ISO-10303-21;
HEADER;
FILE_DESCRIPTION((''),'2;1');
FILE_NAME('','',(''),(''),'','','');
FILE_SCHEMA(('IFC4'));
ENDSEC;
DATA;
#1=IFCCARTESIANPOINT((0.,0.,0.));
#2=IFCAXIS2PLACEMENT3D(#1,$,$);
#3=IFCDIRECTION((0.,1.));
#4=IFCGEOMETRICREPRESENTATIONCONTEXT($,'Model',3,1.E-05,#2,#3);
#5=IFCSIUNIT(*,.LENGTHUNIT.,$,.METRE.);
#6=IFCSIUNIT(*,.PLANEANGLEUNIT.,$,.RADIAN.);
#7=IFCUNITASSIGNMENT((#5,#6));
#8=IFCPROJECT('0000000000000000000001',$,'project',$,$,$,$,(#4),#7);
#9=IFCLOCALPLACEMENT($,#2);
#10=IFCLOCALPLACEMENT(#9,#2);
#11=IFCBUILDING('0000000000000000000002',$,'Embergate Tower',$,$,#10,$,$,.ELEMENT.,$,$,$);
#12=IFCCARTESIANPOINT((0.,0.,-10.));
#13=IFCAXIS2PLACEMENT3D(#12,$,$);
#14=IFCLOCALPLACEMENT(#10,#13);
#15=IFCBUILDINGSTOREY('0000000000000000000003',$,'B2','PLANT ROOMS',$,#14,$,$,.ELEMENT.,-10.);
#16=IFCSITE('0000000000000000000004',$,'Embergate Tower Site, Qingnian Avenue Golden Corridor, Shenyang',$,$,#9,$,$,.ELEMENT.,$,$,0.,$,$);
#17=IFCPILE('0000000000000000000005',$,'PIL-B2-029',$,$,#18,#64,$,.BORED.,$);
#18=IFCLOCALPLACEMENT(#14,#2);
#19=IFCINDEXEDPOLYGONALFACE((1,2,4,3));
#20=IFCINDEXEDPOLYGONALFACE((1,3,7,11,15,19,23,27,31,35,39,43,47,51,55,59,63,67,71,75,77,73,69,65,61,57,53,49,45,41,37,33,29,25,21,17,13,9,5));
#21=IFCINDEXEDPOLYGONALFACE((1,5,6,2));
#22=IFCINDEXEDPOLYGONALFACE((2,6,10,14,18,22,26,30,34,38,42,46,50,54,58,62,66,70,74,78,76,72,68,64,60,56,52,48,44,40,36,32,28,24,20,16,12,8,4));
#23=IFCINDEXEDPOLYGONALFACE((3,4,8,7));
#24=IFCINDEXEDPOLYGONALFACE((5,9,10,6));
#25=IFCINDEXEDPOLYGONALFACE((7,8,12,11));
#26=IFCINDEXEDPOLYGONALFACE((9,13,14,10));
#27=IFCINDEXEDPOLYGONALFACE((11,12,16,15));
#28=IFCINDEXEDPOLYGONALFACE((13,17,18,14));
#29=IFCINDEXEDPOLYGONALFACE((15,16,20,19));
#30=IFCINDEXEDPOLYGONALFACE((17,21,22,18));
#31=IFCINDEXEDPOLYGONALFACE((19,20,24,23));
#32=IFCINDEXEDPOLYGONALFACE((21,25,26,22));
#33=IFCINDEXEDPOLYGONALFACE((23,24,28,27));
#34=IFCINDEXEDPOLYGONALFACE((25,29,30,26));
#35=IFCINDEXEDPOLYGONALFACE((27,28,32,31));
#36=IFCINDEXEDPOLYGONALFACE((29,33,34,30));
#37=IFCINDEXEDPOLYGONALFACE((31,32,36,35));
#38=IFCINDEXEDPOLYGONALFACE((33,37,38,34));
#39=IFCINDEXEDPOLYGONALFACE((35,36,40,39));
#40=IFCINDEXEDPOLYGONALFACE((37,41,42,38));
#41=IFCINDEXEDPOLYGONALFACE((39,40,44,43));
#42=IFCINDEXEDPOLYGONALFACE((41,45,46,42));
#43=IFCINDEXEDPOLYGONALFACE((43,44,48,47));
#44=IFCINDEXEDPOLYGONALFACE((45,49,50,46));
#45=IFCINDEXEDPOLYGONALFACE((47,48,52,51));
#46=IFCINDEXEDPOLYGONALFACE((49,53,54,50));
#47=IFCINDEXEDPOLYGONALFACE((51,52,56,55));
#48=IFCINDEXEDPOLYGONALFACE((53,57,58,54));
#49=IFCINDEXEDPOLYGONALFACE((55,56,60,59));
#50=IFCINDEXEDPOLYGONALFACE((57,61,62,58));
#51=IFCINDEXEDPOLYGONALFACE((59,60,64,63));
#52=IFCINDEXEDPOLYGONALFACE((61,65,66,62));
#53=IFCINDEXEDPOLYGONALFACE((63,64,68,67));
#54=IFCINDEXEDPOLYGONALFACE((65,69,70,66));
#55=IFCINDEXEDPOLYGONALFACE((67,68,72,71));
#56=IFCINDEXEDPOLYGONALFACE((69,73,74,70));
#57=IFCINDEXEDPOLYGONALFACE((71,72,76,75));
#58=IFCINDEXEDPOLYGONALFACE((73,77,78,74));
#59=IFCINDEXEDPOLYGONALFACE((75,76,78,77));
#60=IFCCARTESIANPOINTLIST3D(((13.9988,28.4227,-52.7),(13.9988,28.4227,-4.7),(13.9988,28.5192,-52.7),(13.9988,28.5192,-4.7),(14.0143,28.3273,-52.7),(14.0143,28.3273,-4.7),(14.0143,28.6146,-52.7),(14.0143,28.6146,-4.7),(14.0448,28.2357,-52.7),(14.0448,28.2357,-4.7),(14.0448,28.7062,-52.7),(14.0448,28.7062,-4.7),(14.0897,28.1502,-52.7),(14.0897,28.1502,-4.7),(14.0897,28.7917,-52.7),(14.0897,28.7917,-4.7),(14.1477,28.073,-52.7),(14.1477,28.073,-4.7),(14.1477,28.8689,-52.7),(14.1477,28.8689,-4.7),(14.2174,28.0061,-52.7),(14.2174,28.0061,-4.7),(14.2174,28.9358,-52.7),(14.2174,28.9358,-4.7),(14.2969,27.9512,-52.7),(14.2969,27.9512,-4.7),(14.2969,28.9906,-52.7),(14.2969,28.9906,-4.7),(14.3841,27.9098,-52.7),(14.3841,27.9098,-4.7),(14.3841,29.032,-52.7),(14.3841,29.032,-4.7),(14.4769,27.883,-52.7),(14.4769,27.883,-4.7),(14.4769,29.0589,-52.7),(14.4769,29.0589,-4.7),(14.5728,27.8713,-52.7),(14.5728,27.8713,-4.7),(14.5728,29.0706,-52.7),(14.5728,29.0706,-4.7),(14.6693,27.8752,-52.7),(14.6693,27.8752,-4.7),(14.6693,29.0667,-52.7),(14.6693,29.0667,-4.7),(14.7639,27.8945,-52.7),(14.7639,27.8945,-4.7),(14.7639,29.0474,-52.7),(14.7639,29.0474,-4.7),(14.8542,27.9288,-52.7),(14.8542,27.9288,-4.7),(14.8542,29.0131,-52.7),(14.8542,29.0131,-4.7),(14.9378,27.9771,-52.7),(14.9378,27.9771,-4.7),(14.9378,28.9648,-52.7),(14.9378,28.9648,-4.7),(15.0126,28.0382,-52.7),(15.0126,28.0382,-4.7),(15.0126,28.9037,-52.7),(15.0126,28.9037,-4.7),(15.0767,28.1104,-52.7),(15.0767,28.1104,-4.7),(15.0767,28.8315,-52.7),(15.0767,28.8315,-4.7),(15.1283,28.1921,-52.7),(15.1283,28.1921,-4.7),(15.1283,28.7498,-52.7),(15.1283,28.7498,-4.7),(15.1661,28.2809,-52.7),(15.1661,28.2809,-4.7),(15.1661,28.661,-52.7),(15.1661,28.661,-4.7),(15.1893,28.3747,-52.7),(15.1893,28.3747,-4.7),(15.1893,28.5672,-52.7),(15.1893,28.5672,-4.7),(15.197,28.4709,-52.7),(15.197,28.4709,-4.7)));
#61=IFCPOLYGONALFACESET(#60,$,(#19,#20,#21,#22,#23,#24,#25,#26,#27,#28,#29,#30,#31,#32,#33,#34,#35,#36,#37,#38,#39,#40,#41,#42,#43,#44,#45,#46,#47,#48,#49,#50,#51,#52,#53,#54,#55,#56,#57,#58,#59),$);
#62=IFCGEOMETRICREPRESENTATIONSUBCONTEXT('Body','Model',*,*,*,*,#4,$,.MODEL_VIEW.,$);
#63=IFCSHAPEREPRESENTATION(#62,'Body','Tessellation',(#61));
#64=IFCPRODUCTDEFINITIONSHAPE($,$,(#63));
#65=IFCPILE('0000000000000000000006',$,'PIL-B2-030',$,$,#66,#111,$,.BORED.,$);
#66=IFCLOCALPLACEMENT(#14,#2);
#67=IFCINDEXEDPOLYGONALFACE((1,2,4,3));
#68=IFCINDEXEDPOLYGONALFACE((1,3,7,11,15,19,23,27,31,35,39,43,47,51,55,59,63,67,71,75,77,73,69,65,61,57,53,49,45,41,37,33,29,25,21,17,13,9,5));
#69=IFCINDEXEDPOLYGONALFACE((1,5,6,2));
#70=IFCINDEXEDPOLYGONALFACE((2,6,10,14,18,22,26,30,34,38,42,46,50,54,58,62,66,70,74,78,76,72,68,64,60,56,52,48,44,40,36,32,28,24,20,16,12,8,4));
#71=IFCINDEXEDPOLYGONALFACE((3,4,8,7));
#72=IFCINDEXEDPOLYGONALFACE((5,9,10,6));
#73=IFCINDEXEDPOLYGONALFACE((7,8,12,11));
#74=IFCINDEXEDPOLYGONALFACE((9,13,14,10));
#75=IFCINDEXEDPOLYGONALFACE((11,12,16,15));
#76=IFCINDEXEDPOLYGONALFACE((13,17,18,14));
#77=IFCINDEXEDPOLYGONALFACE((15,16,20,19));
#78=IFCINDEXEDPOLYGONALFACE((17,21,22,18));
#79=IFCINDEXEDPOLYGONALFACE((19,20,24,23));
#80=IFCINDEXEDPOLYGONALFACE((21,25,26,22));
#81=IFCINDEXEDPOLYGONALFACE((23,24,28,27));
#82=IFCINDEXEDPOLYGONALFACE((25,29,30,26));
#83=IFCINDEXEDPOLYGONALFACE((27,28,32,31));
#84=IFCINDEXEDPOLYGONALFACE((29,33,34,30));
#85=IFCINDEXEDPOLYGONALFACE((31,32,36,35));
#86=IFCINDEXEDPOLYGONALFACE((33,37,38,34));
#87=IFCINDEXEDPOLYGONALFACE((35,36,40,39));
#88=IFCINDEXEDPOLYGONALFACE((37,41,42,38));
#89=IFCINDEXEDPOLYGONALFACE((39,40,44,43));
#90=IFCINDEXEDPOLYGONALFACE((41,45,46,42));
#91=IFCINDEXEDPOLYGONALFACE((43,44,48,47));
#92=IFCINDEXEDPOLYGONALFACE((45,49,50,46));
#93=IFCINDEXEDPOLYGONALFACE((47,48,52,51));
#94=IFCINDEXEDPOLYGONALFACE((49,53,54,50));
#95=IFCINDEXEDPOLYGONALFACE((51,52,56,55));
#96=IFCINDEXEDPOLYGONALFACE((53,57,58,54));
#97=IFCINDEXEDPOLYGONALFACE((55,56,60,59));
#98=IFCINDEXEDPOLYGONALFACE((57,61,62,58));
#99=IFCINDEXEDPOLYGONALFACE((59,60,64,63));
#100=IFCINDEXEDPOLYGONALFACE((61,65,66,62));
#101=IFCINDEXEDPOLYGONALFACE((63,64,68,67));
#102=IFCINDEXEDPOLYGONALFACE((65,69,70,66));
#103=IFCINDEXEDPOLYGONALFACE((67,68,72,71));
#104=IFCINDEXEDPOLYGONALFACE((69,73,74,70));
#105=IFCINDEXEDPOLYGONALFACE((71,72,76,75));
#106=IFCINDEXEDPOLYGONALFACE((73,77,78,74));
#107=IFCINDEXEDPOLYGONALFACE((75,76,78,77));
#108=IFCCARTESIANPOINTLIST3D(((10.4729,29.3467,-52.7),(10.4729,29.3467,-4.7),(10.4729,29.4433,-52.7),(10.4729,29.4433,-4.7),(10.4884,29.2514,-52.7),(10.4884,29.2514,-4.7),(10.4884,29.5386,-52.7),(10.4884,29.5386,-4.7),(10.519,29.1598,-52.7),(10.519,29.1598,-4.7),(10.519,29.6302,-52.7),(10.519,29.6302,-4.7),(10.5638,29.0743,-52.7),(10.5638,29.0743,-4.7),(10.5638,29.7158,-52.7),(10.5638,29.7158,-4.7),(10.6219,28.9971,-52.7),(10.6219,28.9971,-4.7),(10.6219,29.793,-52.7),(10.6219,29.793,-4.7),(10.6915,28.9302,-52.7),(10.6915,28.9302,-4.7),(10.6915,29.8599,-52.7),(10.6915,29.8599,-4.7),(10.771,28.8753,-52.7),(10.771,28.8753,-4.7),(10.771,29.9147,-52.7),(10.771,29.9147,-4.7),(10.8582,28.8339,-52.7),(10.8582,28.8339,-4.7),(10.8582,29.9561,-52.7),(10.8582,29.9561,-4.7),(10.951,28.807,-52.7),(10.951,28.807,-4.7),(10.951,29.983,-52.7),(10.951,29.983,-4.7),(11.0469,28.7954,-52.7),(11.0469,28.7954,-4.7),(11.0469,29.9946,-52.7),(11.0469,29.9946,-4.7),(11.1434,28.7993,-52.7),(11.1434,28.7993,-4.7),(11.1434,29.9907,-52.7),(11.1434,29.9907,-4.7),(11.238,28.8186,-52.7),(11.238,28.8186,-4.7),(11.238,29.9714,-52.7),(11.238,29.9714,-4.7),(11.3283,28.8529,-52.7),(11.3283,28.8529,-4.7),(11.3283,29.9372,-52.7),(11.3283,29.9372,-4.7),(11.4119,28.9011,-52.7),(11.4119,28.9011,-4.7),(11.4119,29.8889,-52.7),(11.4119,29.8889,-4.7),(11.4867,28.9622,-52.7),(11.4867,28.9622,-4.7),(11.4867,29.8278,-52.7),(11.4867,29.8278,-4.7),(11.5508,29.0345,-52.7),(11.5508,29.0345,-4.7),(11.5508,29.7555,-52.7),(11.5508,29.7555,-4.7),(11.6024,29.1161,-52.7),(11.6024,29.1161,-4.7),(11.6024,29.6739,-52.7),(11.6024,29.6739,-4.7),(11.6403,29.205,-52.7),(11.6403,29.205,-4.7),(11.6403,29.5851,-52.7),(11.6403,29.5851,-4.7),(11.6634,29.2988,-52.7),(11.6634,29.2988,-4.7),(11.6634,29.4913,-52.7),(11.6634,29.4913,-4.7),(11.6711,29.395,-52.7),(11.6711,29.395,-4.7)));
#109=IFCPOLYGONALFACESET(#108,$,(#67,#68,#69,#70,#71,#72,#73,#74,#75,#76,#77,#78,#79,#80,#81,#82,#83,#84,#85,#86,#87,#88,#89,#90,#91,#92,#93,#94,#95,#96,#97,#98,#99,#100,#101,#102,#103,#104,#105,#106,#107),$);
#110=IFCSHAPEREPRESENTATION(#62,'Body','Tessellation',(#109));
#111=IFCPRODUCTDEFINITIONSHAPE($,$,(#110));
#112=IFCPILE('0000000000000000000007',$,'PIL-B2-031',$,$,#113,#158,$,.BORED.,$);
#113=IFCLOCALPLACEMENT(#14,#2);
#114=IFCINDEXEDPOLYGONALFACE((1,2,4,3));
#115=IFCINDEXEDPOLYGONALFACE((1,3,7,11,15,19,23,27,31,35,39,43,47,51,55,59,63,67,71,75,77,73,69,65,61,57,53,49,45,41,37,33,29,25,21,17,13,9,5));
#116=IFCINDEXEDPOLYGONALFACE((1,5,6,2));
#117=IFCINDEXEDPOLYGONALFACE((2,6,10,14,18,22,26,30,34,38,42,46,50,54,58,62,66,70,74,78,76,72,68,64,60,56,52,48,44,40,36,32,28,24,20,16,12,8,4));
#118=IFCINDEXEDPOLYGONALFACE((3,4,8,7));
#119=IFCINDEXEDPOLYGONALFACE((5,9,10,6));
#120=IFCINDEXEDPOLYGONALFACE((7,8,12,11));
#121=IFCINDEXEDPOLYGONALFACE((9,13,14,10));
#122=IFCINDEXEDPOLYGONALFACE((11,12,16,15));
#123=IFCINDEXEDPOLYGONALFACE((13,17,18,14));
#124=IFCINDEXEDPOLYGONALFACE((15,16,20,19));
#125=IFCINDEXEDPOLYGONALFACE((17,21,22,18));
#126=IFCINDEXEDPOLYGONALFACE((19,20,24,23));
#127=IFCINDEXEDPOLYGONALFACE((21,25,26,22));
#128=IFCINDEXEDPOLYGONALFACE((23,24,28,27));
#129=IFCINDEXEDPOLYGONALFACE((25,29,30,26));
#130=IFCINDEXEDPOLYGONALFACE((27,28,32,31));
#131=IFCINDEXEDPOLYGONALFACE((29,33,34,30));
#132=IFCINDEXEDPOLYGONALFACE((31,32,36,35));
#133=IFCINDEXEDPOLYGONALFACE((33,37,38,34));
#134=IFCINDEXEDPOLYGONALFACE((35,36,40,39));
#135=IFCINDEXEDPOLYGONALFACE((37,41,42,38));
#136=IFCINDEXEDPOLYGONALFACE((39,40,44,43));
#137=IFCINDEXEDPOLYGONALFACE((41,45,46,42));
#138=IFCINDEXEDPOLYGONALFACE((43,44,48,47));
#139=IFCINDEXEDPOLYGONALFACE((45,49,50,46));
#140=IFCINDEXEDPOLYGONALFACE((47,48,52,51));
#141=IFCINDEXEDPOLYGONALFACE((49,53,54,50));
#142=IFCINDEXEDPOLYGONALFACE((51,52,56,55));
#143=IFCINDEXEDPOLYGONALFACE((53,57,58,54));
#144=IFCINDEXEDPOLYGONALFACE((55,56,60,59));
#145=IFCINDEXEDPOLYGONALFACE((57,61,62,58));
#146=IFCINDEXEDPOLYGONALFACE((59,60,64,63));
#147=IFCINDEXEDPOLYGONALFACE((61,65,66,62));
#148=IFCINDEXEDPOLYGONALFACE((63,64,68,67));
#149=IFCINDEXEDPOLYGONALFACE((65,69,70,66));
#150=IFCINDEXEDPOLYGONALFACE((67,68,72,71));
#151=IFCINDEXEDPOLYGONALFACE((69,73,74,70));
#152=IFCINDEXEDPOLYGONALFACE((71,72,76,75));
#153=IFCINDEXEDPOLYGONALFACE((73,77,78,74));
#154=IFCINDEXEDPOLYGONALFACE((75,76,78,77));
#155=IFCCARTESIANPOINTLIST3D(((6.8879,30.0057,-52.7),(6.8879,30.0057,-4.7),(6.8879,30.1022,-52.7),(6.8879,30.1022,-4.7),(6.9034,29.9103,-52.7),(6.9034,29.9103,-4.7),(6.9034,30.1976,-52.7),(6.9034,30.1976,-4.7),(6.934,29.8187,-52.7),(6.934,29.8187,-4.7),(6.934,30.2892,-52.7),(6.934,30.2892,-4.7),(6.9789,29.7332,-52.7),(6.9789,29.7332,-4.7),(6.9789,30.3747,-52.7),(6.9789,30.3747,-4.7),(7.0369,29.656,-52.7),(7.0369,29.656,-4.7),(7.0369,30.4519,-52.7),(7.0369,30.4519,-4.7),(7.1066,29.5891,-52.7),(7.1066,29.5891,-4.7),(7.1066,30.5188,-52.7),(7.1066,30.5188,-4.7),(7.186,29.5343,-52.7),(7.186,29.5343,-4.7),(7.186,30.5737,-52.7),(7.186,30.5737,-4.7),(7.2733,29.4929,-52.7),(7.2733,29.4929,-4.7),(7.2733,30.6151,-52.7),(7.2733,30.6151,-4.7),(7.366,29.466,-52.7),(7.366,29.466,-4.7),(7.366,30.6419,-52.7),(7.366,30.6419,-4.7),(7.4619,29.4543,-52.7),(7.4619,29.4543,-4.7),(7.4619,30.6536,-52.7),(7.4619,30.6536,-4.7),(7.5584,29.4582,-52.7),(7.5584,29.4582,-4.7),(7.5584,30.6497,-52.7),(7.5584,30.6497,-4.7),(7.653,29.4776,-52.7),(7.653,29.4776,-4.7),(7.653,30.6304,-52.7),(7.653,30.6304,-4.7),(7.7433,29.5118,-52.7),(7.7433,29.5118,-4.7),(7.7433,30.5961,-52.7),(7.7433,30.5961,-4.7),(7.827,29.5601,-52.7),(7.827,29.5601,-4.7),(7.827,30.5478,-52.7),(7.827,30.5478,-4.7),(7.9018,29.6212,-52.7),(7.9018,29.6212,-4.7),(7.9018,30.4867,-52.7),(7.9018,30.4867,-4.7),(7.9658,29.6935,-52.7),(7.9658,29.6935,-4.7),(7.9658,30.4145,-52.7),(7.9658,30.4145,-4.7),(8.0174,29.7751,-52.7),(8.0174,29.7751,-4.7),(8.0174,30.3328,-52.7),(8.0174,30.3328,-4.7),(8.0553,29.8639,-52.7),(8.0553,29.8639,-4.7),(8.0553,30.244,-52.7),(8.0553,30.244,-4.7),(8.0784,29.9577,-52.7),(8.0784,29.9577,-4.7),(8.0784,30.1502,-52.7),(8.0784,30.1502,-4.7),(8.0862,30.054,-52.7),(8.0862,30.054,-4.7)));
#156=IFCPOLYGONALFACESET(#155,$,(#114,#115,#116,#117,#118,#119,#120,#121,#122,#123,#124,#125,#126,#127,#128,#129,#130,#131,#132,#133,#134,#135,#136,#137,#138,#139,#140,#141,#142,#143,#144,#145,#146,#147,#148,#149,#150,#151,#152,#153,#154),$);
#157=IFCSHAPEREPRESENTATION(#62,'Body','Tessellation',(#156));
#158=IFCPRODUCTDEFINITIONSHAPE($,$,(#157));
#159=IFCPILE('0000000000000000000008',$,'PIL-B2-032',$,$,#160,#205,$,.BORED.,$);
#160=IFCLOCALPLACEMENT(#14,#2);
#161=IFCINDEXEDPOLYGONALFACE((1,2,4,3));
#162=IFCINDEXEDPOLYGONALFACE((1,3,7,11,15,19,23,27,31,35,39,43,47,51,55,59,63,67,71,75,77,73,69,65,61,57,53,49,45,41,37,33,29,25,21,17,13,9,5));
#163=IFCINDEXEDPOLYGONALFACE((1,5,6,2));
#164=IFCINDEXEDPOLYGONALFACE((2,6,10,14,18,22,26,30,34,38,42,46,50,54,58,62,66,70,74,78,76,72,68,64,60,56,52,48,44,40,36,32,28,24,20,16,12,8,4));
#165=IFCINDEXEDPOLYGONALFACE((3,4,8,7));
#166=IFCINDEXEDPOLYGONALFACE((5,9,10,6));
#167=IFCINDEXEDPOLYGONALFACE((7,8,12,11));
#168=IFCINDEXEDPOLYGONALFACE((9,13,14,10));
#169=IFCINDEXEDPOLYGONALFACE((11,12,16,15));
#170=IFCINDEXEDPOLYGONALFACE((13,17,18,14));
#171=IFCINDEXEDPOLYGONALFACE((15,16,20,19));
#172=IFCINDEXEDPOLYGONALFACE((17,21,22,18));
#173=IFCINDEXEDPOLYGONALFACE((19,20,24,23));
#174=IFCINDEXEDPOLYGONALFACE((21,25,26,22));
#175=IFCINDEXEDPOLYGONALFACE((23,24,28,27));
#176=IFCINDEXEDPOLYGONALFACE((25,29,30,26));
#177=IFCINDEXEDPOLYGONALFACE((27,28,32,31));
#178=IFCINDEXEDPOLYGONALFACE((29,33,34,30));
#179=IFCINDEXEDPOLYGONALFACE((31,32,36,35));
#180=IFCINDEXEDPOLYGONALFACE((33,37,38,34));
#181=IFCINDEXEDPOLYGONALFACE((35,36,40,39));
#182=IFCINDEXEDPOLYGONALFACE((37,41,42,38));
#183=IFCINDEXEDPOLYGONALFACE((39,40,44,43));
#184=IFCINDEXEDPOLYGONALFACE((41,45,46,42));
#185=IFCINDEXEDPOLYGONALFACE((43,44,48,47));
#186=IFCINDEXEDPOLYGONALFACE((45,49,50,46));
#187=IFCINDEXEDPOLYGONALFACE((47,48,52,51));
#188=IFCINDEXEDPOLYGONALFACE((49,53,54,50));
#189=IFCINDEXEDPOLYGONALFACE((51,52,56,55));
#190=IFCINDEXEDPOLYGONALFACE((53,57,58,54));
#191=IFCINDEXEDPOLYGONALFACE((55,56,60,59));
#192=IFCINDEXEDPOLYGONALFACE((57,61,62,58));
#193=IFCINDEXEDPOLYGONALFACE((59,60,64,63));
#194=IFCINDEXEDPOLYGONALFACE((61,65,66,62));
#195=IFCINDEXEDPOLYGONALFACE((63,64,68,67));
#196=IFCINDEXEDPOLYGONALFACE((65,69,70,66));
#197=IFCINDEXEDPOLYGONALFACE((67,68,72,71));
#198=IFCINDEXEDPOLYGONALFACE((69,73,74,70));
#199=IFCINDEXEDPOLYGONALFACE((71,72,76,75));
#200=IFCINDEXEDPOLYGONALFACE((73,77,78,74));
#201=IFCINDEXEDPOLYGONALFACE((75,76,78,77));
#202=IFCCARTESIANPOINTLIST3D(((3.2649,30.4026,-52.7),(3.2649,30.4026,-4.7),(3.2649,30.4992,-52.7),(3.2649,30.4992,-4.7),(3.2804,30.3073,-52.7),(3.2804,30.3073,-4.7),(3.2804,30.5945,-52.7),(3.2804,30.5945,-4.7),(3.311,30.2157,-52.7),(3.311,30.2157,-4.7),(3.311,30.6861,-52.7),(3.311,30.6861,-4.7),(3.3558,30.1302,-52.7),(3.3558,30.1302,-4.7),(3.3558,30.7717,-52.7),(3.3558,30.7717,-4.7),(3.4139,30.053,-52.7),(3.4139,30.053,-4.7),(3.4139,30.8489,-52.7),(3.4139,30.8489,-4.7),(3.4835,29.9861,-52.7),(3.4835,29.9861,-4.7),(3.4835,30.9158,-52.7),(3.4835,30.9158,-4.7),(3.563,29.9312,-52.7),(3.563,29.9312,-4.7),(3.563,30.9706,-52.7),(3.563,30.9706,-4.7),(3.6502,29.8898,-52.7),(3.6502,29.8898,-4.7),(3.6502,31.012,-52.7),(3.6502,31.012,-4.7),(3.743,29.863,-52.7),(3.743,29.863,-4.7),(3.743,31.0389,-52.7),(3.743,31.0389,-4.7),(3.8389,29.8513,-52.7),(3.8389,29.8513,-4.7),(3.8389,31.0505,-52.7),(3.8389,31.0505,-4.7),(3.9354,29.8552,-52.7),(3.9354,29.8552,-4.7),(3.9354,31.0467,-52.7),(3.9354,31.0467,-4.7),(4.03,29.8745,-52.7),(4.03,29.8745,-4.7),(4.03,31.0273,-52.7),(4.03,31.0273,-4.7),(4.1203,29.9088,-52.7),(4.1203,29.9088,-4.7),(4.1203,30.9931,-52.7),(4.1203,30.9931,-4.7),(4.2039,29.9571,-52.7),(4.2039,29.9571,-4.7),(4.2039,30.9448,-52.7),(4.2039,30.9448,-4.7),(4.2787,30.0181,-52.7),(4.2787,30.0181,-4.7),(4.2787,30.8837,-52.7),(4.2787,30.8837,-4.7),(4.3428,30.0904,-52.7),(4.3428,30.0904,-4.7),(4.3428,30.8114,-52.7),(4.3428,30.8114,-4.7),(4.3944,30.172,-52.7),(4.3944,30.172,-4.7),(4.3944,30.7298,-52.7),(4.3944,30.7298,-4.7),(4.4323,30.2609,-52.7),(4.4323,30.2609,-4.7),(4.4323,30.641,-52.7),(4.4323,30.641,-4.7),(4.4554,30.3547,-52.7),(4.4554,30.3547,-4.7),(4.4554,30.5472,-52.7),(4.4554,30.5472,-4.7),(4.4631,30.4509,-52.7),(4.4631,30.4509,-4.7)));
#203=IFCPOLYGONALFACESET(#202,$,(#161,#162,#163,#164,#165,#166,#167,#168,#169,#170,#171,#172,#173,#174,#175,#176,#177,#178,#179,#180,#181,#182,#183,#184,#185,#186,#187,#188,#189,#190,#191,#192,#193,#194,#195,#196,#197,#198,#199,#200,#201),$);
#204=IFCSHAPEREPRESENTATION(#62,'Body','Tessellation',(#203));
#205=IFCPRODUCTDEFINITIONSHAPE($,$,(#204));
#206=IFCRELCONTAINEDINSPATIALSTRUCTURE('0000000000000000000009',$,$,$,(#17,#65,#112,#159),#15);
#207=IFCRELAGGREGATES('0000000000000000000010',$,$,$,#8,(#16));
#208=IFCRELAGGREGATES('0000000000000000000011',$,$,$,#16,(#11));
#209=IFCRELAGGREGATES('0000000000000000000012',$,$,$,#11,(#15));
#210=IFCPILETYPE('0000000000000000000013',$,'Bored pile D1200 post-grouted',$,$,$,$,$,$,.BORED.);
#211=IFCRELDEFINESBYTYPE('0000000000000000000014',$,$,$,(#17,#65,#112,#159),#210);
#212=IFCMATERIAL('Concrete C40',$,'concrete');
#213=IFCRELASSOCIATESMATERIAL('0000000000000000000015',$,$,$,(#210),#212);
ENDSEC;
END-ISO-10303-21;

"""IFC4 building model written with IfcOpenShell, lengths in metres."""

from ifc_helpers import new_model, si_unit, direction, frame, origin, origin_2d, place, context, subcontext, project, spatial, circle, extrude, source, transform, mapped, material, material_profile, profile_set, type_object, element, save


model = new_model("IFC4")

# Units and contexts
model_context = context("Model", 3, precision=1e-05, world=origin(), true_north=direction((0.0, 1.0)))
body_context = subcontext(model_context, "Body", "Model", "MODEL_VIEW")
ifc_project = project(units=[si_unit("LENGTHUNIT", "METRE"), si_unit("PLANEANGLEUNIT", "RADIAN")], contexts=[model_context])

# Site, building, storey
site_placement = place(None, origin())
site = spatial("IfcSite", under=ifc_project, at=site_placement, Name="Embergate Tower Site, Qingnian Avenue Golden Corridor, Shenyang", CompositionType="ELEMENT", RefElevation=0.0)
building_placement = place(site_placement, origin())
building = spatial("IfcBuilding", under=site, at=building_placement, Name="Embergate Tower", CompositionType="ELEMENT")
storey_placement = place(building_placement, frame((0.0, 0.0, -10.0)))
storey = spatial("IfcBuildingStorey", under=building, at=storey_placement, Name="B2", Description="PLANT ROOMS", CompositionType="ELEMENT", Elevation=-10.0)

# Piles
ifc_material_1 = material(Name="Concrete C40", Category="concrete")
ifc_material_profile_1 = material_profile(ifc_material_1, circle(Radius=0.6001, at=origin_2d()), Name="D1200")
ifc_profile_set_1 = profile_set([ifc_material_profile_1], Name="Concrete C40")
pile_type = type_object("IfcPileType", Name="Bored pile D1200 post-grouted", PredefinedType="BORED", material=ifc_profile_set_1)
shared_shape_1 = source(origin(), body_context, "Body", "SweptSolid", [
    extrude(circle(Radius=0.6001, at=origin_2d()), origin(), (0.0, 0.0, 1.0), 48.0),
])
for number, where, z_axis, x_axis, name in (
    (1, (14.5969, 28.4709, -4.7), (0.0, 0.0, -1.0), (1.0, 0.0, 0.0), "PIL-B2-029"),
    (2, (11.071, 29.395, -4.7), (0.0, 0.0, -1.0), (1.0, 0.0, 0.0), "PIL-B2-030"),
    (3, (7.4861, 30.054, -4.7), (0.0, 0.0, -1.0), (1.0, 0.0, 0.0), "PIL-B2-031"),
    (4, (3.863, 30.4509, -4.7), (0.0, 0.0, -1.0), (1.0, 0.0, 0.0), "PIL-B2-032"),
):
    element("IfcPile", number, at=place(storey_placement, frame(where, z_axis=z_axis, x_axis=x_axis)), inside=storey, type_object=pile_type, Name=name, PredefinedType="BORED", context=body_context, shape_type="MappedRepresentation", body=[
        mapped(shared_shape_1, transform((0.0, 0.0, 0.0))),
    ])

save(model, "model.ifc")
